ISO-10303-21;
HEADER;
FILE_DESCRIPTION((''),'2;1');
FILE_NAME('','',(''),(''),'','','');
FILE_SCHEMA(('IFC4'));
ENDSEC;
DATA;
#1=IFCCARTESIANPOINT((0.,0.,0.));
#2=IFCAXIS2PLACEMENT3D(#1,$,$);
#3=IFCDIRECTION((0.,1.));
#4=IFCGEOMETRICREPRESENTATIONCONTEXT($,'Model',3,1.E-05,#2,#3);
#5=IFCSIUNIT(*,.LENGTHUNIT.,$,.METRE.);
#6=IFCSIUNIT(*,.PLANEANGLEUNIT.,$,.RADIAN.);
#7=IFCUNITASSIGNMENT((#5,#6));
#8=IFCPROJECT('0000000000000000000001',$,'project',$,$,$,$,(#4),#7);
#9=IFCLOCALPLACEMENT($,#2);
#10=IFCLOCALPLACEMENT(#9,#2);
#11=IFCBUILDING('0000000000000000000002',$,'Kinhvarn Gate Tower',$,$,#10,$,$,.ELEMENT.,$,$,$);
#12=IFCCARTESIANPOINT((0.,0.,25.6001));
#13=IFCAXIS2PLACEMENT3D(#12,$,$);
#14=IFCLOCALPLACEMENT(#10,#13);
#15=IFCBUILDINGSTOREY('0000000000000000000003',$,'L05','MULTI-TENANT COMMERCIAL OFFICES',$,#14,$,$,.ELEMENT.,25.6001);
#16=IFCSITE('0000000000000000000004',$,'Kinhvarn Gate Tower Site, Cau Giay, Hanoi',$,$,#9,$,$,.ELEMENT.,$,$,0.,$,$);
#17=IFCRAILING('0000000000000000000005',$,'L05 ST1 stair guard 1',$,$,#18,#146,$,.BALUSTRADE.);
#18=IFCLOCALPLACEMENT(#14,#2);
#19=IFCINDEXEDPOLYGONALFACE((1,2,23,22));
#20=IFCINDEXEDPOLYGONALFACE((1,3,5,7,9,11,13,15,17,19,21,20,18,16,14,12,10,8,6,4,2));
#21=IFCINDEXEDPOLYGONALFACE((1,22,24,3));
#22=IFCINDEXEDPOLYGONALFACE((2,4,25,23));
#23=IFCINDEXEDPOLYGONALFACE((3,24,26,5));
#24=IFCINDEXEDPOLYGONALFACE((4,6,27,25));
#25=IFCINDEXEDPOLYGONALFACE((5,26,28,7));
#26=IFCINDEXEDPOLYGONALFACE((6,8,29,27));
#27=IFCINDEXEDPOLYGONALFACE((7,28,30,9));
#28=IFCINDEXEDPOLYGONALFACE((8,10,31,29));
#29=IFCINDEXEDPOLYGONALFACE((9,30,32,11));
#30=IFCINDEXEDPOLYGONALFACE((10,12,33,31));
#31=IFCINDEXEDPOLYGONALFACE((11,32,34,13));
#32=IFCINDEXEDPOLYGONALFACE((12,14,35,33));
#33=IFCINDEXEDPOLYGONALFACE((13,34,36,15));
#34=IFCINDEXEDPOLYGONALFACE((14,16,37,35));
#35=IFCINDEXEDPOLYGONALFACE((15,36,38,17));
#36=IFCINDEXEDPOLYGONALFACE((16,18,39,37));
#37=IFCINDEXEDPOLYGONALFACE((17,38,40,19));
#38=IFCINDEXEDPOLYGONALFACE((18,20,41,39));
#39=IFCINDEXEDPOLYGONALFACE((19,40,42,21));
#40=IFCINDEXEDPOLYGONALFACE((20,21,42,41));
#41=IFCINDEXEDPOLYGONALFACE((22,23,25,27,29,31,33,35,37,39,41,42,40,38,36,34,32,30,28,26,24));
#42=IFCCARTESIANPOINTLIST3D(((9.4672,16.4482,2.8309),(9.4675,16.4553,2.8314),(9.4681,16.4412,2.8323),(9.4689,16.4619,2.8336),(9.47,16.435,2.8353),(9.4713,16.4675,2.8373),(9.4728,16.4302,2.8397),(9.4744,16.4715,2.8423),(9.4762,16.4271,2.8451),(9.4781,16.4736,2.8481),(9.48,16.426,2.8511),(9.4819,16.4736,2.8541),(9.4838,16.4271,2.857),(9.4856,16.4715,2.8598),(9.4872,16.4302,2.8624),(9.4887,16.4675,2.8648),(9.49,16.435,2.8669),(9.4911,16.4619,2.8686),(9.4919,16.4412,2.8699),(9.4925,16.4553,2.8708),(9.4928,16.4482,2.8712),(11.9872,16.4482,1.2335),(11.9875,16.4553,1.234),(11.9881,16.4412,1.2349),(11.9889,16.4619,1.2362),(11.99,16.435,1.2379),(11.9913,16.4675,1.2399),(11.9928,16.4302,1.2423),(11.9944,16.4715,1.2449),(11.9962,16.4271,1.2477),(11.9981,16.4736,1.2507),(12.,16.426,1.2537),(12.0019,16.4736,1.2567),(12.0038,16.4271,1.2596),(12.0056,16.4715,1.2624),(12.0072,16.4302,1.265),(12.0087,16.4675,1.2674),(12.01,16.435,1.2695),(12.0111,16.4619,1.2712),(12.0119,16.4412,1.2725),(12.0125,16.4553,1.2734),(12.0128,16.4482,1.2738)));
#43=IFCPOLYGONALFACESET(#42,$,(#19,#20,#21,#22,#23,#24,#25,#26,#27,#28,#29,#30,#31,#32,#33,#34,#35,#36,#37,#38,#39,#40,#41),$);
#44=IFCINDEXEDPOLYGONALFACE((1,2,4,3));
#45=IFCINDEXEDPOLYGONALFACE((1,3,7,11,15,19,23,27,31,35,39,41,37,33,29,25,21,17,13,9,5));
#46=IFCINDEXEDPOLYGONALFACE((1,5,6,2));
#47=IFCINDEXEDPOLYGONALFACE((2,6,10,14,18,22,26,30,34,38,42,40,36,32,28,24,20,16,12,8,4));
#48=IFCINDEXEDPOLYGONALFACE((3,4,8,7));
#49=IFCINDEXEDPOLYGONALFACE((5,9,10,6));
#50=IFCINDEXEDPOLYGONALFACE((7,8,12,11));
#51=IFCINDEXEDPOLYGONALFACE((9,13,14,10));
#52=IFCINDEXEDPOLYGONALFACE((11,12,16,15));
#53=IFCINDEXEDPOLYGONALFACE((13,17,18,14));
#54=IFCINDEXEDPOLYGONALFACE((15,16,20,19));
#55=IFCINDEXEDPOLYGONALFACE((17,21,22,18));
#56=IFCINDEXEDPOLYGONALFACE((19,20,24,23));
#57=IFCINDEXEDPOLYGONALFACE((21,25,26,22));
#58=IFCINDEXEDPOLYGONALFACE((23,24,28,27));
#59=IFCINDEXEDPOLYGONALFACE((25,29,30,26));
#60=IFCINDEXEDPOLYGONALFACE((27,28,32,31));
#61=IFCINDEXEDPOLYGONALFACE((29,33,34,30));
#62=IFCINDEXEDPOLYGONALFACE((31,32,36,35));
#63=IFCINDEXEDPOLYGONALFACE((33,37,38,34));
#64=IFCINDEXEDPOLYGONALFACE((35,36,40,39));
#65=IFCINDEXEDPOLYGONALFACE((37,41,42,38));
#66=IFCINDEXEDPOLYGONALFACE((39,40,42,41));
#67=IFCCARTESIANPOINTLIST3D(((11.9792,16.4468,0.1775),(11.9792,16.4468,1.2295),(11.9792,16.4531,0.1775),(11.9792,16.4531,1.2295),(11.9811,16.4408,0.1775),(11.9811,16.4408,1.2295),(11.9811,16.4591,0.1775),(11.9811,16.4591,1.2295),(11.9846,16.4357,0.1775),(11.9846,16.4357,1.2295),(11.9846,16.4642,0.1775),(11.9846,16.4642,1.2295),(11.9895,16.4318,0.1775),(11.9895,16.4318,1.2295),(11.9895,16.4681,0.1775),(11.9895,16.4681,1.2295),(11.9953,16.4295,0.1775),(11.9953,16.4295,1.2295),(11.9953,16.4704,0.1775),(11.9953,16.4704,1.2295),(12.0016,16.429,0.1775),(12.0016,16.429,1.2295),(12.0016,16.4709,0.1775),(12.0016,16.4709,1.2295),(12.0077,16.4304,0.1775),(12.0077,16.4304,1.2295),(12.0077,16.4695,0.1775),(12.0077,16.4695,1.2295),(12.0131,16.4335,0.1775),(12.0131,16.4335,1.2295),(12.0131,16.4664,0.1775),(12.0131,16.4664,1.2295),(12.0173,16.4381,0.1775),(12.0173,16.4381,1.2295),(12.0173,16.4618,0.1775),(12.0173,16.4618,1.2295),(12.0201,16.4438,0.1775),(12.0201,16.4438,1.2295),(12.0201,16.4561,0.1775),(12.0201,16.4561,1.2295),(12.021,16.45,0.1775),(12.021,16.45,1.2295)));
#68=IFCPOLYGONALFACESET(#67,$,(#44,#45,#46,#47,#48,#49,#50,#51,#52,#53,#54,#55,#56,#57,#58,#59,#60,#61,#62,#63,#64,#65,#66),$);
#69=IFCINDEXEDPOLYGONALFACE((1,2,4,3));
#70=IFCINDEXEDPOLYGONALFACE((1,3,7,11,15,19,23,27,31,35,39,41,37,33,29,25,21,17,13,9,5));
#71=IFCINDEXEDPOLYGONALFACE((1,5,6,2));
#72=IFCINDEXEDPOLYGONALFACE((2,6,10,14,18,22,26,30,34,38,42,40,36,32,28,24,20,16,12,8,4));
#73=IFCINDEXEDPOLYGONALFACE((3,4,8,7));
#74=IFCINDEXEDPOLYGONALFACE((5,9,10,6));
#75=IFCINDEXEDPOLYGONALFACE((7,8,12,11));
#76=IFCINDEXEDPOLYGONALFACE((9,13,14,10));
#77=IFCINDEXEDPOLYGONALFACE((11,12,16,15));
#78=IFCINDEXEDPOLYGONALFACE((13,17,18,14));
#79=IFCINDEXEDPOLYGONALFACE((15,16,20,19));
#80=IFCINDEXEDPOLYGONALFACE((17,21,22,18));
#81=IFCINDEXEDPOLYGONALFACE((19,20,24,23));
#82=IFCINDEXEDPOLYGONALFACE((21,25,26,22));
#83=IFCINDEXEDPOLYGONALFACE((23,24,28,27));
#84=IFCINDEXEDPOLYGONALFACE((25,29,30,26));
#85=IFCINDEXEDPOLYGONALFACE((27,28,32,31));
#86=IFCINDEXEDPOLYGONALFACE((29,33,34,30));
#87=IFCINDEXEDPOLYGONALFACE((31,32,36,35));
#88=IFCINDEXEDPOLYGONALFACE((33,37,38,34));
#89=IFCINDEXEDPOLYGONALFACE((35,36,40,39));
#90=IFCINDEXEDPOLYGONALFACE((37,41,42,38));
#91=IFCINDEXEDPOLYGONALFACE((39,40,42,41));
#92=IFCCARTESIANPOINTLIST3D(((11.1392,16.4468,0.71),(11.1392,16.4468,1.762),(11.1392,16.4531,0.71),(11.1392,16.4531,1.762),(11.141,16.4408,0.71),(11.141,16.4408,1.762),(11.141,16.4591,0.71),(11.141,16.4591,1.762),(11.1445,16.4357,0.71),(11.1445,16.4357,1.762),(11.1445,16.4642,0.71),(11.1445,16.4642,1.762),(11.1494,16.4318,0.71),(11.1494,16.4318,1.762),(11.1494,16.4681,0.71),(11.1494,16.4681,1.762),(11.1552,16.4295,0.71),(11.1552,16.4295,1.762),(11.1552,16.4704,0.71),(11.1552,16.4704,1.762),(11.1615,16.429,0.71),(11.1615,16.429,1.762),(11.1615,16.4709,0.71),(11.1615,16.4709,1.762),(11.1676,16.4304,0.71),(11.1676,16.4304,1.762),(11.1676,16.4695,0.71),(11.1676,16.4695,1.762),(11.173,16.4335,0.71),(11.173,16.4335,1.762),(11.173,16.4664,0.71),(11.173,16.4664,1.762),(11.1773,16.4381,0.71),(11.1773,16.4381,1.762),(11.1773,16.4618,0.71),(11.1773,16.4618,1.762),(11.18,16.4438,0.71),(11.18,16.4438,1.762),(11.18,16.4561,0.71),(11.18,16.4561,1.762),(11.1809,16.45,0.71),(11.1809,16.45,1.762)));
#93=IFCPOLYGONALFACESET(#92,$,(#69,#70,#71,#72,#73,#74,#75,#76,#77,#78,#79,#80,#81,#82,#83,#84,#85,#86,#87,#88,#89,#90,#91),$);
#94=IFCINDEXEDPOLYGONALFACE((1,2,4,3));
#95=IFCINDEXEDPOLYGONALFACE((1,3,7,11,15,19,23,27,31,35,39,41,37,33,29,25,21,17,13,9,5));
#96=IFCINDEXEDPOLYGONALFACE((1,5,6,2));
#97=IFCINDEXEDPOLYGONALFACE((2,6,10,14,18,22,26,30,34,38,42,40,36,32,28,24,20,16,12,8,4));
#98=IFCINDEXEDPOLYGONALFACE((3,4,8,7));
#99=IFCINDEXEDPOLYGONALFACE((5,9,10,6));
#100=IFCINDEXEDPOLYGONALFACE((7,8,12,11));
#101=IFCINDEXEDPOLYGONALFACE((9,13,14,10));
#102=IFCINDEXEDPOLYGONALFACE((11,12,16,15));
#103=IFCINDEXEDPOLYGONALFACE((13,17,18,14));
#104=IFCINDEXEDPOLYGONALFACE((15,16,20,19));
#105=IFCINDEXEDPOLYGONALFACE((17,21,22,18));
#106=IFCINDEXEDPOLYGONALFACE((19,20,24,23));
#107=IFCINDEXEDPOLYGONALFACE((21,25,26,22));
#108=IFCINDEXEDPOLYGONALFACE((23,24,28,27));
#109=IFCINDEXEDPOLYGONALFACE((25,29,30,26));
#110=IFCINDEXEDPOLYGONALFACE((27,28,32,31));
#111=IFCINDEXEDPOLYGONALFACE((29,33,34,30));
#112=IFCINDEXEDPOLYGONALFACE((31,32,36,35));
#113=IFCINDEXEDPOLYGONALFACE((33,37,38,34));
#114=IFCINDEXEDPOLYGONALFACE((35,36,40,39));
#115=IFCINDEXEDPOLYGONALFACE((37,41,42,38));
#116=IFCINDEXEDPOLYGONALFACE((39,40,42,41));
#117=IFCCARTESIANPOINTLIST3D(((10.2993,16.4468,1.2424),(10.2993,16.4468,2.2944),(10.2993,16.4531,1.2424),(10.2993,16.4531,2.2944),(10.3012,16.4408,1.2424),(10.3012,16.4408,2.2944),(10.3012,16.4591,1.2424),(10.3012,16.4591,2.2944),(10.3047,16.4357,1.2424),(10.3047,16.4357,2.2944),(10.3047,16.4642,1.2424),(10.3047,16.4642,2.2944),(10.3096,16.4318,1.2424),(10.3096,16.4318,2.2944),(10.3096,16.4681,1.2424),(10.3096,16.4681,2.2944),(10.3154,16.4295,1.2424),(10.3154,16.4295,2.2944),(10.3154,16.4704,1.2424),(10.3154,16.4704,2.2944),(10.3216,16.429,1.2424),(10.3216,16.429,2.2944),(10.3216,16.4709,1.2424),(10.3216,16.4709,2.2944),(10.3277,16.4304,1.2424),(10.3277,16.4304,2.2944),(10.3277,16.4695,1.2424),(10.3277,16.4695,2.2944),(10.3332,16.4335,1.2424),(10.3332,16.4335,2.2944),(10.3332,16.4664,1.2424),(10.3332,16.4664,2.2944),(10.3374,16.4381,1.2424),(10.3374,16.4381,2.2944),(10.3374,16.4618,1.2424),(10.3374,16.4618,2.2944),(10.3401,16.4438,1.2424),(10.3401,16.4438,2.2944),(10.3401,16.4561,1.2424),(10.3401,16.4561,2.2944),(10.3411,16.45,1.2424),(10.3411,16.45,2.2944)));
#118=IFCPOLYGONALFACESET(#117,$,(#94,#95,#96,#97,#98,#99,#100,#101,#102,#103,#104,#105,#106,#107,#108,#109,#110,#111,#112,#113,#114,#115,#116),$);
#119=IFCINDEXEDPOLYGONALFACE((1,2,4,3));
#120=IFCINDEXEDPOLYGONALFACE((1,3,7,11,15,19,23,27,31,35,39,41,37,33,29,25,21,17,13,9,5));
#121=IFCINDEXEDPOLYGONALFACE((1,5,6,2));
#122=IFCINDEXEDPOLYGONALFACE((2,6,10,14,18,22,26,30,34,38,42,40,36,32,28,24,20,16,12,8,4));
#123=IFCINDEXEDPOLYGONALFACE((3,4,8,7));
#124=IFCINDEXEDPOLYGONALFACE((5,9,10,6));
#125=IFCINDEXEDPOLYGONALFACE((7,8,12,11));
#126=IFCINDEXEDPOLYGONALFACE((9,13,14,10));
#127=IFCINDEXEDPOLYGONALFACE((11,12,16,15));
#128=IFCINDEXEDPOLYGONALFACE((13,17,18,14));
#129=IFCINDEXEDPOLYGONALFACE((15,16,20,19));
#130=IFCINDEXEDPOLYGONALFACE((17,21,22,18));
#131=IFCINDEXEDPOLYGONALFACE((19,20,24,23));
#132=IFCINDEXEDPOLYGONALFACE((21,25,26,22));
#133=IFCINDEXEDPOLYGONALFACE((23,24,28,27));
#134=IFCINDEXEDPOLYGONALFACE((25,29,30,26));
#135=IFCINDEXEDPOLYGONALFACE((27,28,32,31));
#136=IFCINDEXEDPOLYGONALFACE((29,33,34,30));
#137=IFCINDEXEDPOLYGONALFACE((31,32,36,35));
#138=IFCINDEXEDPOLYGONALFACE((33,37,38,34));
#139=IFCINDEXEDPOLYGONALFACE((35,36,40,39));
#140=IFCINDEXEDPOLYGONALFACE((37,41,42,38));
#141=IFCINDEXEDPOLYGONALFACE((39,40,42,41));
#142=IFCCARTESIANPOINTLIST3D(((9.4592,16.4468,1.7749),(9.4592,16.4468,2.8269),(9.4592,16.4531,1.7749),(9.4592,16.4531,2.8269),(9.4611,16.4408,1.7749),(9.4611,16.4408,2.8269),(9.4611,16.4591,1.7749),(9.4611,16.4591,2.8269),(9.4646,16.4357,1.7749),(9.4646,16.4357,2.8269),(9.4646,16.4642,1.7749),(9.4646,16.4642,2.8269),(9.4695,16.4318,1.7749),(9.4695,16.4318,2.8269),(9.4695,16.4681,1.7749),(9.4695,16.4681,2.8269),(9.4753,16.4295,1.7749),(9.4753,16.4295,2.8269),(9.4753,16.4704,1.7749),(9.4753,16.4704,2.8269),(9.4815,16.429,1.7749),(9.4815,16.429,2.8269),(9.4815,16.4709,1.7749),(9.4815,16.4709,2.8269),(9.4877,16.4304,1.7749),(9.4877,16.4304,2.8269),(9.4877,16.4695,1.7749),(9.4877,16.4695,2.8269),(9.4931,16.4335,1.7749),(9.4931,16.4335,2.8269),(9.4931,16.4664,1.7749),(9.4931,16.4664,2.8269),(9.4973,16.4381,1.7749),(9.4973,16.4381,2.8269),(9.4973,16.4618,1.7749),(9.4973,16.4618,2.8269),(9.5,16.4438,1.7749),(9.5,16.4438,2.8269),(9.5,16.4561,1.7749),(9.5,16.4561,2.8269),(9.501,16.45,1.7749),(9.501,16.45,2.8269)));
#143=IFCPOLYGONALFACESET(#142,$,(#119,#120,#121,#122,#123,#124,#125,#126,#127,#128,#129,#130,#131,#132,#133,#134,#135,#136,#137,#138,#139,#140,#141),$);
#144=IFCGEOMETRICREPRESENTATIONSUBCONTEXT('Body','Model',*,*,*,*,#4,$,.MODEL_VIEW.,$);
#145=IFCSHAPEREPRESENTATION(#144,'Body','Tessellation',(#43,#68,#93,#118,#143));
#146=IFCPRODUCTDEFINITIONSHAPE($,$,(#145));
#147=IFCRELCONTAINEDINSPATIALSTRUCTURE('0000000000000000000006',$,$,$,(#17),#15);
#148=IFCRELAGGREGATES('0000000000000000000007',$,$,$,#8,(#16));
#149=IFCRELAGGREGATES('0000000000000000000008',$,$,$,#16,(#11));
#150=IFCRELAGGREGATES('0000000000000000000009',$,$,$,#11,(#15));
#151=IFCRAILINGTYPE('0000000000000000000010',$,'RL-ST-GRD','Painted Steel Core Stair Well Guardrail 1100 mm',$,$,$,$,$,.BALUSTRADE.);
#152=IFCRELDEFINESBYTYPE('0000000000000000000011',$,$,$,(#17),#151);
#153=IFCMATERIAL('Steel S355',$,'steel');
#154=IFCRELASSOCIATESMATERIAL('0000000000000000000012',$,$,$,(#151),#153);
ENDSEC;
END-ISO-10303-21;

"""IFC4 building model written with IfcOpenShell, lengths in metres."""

from ifc_helpers import new_model, si_unit, direction, frame, origin, origin_2d, place, context, subcontext, project, spatial, circle, extrude, material, type_object, element, save


model = new_model("IFC4")

# Units and contexts
model_context = context("Model", 3, precision=1e-05, world=origin(), true_north=direction((0.0, 1.0)))
body_context = subcontext(model_context, "Body", "Model", "MODEL_VIEW")
ifc_project = project(units=[si_unit("LENGTHUNIT", "METRE"), si_unit("PLANEANGLEUNIT", "RADIAN")], contexts=[model_context])

# Site, building, storey
site_placement = place(None, origin())
site = spatial("IfcSite", under=ifc_project, at=site_placement, Name="Kinhvarn Gate Tower Site, Cau Giay, Hanoi", CompositionType="ELEMENT", RefElevation=0.0)
building_placement = place(site_placement, origin())
building = spatial("IfcBuilding", under=site, at=building_placement, Name="Kinhvarn Gate Tower", CompositionType="ELEMENT")
storey_placement = place(building_placement, frame((0.0, 0.0, 25.6001)))
storey = spatial("IfcBuildingStorey", under=building, at=storey_placement, Name="L05", Description="MULTI-TENANT COMMERCIAL OFFICES", CompositionType="ELEMENT", Elevation=25.6001)

# Shared definitions
ifc_material_1 = material(Name="Steel S355", Category="steel")

# Railing
railing_type_1 = type_object("IfcRailingType", Name="RL-ST-GRD", Description="Painted Steel Core Stair Well Guardrail 1100 mm", PredefinedType="BALUSTRADE", material=ifc_material_1)
railing_1_placement = place(storey_placement, frame((12.0, 16.45, 0.1775)))
element("IfcRailing", 1, at=railing_1_placement, inside=storey, type_object=railing_type_1, Name="L05 ST1 stair guard 1", PredefinedType="BALUSTRADE", context=body_context, shape_type="SweptSolid", body=[
    extrude(circle(Radius=0.0239, at=origin_2d()), frame((0.0, 0.0, 1.0762), z_axis=(-0.844607, 0.0, 0.535387), x_axis=(0.0, -1.0, 0.0)), (0.0, 0.0, 1.0), 2.9836),
    extrude(circle(Radius=0.021, at=origin_2d()), origin(), (0.0, 0.0, 1.0), 1.052),
    extrude(circle(Radius=0.021, at=origin_2d()), frame((-0.8401, 0.0, 0.5325)), (0.0, 0.0, 1.0), 1.052),
    extrude(circle(Radius=0.021, at=origin_2d()), frame((-1.6799, 0.0, 1.0649)), (0.0, 0.0, 1.0), 1.052),
    extrude(circle(Radius=0.021, at=origin_2d()), frame((-2.52, 0.0, 1.5974)), (0.0, 0.0, 1.0), 1.052),
])

save(model, "model.ifc")
